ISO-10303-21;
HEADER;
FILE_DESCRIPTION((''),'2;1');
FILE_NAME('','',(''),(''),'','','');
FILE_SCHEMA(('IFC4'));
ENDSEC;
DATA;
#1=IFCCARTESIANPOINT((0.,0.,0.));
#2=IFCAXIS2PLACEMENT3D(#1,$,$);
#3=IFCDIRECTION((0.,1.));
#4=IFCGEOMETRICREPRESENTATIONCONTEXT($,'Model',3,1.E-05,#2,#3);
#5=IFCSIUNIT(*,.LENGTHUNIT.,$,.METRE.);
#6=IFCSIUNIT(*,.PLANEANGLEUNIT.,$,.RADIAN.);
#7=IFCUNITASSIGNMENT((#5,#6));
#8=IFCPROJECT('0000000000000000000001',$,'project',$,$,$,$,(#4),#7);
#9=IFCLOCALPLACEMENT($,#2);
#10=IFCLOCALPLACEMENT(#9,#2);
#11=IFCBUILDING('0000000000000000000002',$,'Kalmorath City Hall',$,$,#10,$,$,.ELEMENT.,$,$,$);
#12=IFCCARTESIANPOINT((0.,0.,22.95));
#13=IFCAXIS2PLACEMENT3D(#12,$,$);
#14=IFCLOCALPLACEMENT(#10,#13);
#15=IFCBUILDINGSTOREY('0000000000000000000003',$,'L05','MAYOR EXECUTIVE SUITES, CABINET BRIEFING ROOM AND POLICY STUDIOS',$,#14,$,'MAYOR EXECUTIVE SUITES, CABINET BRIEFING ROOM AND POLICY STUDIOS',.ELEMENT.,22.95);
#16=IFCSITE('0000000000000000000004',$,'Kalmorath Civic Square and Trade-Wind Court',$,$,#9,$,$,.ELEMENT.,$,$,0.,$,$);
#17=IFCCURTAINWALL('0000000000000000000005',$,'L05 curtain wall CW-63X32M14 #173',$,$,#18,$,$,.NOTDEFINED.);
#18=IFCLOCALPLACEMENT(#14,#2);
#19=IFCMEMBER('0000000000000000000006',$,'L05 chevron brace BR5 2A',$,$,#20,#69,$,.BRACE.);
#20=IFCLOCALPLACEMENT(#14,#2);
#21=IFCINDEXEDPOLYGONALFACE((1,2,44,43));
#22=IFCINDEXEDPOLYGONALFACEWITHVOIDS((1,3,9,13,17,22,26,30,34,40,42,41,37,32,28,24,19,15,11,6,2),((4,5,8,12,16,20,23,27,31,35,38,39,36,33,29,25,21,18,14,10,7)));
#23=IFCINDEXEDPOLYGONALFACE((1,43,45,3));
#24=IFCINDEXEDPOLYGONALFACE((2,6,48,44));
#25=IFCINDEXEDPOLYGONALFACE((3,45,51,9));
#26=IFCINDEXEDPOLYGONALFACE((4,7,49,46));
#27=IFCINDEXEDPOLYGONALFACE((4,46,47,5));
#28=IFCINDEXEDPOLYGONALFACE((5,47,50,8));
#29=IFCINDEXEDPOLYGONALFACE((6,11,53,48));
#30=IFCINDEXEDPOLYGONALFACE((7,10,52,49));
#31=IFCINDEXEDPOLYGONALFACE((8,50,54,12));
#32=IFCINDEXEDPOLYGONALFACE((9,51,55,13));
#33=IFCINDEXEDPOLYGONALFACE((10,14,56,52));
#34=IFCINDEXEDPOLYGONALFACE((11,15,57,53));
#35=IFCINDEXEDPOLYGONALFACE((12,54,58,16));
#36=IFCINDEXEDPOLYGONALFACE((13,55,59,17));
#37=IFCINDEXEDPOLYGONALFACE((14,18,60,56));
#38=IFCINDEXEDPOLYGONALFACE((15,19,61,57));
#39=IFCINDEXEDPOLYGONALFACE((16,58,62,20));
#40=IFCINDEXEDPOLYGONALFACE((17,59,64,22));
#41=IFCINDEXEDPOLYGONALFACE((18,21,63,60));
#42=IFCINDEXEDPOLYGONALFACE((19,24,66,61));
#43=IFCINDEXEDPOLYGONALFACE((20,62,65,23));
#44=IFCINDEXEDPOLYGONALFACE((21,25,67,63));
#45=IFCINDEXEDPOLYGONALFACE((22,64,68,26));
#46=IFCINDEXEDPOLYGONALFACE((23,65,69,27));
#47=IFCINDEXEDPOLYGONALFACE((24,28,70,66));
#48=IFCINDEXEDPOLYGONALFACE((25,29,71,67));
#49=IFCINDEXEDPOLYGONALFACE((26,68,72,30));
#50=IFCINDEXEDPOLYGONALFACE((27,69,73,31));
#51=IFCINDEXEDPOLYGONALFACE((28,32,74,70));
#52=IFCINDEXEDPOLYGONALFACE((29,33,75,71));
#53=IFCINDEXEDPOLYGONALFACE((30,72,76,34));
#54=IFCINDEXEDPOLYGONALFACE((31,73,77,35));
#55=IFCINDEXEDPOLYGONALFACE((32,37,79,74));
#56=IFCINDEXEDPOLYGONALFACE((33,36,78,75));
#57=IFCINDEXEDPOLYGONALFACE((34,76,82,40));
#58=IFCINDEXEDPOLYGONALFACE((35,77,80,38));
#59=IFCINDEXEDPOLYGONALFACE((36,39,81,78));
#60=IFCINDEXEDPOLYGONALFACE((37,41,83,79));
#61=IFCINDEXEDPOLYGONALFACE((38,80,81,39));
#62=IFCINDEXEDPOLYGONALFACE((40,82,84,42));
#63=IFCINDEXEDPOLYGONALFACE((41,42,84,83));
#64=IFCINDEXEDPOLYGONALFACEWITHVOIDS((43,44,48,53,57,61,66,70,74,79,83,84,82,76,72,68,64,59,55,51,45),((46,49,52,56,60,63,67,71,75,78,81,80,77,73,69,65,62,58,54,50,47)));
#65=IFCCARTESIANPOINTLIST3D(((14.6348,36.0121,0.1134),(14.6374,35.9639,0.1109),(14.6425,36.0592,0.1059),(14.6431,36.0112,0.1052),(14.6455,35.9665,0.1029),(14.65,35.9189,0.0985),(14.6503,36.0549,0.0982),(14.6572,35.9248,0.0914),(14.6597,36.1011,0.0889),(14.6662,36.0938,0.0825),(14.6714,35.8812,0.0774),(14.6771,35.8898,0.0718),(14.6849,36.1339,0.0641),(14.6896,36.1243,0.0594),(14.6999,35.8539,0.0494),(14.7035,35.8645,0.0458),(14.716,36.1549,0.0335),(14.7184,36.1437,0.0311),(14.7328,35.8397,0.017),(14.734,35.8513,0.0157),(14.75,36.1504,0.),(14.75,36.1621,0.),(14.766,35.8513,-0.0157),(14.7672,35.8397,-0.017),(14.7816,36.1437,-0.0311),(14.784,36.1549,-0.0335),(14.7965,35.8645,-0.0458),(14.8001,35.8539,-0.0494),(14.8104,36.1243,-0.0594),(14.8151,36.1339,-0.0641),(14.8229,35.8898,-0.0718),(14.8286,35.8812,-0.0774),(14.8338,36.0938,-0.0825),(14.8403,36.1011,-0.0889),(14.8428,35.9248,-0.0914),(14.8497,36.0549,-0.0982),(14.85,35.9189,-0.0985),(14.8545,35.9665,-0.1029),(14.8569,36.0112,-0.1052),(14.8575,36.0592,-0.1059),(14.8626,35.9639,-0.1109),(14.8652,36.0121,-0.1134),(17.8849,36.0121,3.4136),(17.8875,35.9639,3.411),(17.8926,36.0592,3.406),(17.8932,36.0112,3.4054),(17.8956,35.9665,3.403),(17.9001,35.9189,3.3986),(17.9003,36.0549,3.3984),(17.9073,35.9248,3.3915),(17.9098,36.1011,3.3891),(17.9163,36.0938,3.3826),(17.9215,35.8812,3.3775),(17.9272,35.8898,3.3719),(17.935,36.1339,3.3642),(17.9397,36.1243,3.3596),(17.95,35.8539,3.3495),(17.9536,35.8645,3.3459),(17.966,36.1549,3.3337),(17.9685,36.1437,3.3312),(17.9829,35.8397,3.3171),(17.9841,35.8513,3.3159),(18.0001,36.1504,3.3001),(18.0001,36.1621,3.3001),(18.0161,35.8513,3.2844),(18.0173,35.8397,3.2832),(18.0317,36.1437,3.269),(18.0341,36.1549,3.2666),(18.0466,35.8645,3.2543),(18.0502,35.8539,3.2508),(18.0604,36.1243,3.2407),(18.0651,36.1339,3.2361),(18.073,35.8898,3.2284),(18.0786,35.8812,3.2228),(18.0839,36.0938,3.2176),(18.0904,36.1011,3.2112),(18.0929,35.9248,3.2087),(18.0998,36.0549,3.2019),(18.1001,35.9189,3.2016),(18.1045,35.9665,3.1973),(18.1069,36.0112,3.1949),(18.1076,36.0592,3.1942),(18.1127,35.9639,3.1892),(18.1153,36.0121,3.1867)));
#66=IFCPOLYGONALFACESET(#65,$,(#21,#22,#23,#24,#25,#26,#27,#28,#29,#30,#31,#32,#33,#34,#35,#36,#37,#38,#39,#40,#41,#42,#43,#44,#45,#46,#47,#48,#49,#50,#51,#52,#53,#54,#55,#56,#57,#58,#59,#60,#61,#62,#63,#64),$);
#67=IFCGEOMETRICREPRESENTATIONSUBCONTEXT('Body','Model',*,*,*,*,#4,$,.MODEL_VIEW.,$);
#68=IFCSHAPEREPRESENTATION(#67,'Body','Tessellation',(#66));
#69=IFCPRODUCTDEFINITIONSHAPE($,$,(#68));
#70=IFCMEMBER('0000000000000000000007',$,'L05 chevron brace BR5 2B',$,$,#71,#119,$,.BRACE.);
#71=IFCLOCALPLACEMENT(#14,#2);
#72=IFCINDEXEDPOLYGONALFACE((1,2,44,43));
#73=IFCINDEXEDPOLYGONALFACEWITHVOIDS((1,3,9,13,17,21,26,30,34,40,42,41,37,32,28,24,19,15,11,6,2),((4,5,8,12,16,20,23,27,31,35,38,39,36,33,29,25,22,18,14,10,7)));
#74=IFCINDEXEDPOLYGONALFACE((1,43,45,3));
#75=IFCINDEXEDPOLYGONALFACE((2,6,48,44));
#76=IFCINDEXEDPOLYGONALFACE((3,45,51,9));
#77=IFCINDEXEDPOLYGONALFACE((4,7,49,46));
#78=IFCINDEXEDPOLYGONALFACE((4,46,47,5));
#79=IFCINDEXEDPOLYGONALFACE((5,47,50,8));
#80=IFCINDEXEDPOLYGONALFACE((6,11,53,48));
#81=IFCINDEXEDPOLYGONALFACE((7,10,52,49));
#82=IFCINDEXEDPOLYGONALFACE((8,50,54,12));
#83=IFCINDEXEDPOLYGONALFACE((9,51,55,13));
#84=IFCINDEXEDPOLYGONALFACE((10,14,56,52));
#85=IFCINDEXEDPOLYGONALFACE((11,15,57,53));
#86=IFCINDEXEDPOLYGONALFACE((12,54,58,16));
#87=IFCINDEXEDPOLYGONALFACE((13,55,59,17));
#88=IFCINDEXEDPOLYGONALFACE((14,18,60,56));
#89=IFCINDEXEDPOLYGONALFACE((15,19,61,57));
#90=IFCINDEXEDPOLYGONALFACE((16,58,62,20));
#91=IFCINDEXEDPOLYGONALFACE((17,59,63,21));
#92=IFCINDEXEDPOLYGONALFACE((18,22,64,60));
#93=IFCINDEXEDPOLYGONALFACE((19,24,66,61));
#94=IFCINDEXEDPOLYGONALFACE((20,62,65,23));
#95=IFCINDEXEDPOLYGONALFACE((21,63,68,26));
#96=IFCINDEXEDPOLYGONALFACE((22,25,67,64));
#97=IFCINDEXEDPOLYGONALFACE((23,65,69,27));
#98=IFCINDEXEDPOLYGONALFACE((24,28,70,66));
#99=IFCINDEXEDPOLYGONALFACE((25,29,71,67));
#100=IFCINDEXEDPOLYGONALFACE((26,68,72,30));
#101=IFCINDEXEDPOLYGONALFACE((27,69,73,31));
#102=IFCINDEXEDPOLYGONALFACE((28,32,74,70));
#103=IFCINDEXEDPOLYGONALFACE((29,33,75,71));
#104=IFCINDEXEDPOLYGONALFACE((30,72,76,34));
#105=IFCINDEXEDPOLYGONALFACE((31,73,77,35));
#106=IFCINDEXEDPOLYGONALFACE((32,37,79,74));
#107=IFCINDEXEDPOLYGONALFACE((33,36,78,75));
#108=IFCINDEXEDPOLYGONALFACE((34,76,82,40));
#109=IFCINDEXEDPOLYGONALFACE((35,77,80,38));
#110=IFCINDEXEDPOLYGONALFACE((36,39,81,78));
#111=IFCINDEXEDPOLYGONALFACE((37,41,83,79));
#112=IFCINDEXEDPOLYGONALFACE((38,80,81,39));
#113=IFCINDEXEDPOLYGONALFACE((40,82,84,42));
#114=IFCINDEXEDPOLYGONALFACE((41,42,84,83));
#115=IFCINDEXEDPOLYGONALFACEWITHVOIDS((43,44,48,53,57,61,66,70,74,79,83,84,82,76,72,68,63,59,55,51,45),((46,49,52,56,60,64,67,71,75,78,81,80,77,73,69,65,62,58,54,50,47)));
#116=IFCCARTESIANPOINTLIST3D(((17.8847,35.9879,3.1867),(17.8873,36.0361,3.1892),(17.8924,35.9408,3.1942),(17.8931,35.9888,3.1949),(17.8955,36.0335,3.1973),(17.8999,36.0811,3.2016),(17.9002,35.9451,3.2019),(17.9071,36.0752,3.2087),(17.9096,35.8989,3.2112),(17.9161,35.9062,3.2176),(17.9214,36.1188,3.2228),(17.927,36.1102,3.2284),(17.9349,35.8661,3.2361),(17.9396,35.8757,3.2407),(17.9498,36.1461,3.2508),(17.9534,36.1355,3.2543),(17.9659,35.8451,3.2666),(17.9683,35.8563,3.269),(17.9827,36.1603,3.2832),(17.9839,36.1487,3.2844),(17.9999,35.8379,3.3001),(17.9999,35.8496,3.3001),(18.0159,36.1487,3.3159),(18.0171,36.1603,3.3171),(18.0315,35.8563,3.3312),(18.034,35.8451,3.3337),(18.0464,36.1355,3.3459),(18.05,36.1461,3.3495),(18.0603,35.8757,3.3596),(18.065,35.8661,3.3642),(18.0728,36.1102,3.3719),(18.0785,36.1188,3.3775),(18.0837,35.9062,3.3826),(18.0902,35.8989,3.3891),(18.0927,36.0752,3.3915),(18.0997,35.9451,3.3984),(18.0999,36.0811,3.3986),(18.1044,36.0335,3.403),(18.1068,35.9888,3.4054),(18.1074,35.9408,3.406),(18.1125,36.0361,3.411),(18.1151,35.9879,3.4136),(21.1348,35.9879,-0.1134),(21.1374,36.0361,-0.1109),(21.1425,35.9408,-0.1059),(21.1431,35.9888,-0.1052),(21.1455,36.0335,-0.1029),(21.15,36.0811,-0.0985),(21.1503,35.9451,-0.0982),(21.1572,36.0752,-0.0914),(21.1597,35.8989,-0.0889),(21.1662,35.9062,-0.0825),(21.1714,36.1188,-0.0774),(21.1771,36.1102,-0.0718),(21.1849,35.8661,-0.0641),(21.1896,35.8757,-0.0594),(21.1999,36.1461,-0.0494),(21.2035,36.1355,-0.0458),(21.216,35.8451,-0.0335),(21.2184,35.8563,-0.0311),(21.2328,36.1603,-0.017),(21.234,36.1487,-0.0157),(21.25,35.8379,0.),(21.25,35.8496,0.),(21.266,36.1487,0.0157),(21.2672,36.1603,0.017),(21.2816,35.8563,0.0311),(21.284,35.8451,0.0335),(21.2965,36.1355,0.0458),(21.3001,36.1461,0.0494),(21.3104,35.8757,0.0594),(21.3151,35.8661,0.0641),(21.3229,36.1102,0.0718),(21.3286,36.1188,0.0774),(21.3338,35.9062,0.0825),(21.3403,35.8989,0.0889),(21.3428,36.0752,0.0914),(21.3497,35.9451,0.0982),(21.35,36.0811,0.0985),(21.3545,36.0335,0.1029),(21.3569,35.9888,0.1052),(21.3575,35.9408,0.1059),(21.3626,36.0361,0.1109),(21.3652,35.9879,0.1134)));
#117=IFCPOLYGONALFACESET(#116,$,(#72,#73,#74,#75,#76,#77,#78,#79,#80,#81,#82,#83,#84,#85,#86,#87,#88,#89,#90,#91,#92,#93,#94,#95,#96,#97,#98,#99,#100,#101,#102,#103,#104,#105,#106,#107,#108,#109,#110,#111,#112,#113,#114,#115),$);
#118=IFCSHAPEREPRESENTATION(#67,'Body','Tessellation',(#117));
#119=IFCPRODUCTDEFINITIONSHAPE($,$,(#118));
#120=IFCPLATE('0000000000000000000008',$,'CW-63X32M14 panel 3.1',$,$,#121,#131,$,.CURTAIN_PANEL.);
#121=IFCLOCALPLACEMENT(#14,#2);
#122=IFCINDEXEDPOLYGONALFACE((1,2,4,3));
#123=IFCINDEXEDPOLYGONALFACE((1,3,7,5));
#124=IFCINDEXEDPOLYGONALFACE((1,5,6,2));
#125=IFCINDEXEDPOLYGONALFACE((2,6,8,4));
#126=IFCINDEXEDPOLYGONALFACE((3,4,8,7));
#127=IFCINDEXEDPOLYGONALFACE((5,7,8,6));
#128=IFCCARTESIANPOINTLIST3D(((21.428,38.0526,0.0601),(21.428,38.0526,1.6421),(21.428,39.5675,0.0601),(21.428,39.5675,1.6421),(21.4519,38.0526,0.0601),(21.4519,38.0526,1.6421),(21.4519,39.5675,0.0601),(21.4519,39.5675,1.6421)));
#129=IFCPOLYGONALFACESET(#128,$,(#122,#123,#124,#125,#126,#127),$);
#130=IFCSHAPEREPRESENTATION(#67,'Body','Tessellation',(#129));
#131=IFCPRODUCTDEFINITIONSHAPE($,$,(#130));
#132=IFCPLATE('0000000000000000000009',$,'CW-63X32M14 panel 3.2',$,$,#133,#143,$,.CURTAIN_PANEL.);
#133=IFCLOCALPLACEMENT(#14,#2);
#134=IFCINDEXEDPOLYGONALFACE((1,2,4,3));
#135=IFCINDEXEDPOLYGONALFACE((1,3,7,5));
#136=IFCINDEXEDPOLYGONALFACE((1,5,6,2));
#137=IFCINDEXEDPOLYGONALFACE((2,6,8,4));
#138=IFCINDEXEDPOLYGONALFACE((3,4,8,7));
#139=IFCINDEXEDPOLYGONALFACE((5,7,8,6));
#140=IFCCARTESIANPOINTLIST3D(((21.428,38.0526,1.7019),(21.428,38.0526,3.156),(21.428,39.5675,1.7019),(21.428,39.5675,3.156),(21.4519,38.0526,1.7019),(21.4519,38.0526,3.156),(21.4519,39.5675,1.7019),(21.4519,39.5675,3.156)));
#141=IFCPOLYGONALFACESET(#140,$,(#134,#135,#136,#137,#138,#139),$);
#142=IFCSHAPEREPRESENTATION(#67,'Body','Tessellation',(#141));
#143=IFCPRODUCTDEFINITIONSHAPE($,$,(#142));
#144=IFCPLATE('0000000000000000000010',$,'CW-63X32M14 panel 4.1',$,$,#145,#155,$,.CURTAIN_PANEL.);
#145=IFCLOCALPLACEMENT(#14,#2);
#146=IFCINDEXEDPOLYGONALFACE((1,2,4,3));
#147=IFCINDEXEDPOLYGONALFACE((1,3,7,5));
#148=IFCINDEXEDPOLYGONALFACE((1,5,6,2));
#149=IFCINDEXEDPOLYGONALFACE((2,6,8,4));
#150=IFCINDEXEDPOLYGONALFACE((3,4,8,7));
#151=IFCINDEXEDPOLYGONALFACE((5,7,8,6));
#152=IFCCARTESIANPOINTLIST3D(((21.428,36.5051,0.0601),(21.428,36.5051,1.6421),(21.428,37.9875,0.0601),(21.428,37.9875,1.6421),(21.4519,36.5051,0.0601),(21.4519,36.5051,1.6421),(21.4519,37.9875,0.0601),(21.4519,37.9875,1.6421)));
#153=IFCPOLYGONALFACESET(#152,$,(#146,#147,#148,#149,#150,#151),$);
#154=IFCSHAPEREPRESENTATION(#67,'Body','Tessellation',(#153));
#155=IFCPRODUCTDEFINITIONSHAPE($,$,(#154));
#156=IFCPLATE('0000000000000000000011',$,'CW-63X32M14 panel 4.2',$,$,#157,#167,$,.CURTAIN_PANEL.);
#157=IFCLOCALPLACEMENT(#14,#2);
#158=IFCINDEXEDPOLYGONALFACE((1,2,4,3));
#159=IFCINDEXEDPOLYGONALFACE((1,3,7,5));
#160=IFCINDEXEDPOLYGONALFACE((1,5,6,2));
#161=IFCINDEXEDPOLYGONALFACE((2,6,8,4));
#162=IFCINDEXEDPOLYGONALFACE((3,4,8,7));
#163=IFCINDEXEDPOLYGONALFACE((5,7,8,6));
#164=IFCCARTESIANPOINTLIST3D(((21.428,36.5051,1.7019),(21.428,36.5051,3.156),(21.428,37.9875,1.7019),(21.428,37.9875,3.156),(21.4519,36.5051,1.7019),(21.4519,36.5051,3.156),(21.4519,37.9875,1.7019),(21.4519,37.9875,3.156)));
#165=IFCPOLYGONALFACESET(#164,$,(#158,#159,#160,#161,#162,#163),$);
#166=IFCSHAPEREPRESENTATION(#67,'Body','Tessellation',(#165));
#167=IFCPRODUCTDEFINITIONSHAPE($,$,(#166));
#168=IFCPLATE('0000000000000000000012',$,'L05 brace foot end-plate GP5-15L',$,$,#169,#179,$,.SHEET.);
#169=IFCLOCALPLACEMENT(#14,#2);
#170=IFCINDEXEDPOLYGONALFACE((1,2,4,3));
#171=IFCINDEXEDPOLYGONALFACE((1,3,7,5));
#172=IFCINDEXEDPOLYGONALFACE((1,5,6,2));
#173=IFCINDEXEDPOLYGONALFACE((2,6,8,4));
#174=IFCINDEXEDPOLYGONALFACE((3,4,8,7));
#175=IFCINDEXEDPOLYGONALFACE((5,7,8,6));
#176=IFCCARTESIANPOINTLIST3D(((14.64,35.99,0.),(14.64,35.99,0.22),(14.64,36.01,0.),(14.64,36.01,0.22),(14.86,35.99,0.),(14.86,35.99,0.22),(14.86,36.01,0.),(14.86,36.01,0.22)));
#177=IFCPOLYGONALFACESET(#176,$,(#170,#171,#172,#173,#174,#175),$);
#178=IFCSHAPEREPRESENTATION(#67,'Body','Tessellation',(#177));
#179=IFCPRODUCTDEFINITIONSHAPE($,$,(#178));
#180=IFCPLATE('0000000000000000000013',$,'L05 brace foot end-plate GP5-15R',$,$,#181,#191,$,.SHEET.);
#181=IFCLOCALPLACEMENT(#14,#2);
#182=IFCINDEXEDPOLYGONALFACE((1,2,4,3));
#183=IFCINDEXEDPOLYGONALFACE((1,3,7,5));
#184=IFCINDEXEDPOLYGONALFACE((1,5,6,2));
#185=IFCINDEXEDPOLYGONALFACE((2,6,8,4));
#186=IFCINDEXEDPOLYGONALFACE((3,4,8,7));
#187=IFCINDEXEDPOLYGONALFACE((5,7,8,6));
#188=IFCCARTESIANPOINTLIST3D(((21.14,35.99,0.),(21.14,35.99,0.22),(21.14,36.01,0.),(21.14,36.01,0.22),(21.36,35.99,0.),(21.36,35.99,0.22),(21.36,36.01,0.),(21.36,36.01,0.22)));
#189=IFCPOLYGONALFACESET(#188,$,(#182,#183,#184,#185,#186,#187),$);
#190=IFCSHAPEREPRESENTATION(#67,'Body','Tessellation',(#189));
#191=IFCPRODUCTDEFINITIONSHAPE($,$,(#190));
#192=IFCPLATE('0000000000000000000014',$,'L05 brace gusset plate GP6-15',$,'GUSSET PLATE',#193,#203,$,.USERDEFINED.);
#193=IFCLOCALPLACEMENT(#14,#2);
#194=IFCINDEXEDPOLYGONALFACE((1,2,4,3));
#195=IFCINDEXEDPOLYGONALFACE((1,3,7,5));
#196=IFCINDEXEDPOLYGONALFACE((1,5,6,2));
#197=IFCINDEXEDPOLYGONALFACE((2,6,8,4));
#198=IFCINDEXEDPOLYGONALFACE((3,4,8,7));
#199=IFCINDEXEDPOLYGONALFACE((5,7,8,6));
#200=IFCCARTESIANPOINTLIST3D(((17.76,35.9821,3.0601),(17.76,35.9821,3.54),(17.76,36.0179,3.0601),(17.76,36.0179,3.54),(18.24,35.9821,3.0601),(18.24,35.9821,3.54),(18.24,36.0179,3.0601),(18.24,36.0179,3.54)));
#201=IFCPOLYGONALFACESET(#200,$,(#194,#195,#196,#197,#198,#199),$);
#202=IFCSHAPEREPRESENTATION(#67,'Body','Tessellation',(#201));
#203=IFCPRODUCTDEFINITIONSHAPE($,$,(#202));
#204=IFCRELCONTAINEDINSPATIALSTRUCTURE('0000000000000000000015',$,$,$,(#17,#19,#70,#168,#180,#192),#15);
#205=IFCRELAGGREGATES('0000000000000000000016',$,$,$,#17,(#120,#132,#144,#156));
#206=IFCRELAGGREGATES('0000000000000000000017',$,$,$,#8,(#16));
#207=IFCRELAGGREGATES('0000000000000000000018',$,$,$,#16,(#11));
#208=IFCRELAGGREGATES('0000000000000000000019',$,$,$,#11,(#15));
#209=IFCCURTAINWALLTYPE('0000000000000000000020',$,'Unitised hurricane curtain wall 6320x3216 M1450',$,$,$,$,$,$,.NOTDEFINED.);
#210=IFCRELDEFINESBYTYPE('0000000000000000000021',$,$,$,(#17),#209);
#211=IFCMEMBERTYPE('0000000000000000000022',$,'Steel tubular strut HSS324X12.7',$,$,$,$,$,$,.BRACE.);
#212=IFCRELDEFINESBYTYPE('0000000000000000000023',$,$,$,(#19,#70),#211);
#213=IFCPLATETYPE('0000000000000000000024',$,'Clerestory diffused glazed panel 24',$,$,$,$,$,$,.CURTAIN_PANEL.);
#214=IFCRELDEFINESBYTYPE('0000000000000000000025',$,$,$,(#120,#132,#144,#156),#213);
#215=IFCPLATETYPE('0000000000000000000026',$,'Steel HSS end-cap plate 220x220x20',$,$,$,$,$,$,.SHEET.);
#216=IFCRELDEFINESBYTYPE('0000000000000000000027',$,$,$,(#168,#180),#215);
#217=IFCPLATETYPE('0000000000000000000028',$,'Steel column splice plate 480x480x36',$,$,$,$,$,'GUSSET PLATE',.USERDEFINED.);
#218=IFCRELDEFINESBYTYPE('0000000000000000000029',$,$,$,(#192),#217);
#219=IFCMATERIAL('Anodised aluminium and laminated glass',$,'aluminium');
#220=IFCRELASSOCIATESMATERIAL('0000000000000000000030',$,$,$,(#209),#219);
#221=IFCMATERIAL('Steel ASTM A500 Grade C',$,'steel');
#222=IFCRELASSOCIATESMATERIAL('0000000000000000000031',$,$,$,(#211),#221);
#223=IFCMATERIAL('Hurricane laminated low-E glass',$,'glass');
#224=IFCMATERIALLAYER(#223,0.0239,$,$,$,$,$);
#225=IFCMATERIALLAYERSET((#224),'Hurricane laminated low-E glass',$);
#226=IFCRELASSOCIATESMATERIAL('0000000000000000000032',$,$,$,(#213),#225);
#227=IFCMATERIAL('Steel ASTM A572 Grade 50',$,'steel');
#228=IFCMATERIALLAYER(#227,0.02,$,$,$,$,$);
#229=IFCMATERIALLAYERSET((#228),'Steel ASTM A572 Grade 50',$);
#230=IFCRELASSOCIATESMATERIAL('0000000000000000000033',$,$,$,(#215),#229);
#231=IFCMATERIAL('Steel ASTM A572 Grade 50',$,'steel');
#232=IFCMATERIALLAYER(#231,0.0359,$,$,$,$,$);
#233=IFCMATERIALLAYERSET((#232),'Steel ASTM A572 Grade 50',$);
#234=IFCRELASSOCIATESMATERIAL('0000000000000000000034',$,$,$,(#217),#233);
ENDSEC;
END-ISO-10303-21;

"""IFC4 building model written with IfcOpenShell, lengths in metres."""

from ifc_helpers import new_model, si_unit, direction, frame, origin, origin_2d, place, context, subcontext, project, spatial, rectangle, hollow_circle, extrude, material, layer, layer_set, material_profile, profile_set, type_object, element, aggregate, save


model = new_model("IFC4")

# Units and contexts
model_context = context("Model", 3, precision=1e-05, world=origin(), true_north=direction((0.0, 1.0)))
body_context = subcontext(model_context, "Body", "Model", "MODEL_VIEW")
ifc_project = project(units=[si_unit("LENGTHUNIT", "METRE"), si_unit("PLANEANGLEUNIT", "RADIAN")], contexts=[model_context])

# Site, building, storey
site_placement = place(None, origin())
site = spatial("IfcSite", under=ifc_project, at=site_placement, Name="Kalmorath Civic Square and Trade-Wind Court", CompositionType="ELEMENT", RefElevation=0.0)
building_placement = place(site_placement, origin())
building = spatial("IfcBuilding", under=site, at=building_placement, Name="Kalmorath City Hall", CompositionType="ELEMENT")
storey_placement = place(building_placement, frame((0.0, 0.0, 22.95)))
storey = spatial("IfcBuildingStorey", under=building, at=storey_placement, Name="L05", Description="MAYOR EXECUTIVE SUITES, CABINET BRIEFING ROOM AND POLICY STUDIOS", LongName="MAYOR EXECUTIVE SUITES, CABINET BRIEFING ROOM AND POLICY STUDIOS", CompositionType="ELEMENT", Elevation=22.95)

# Curtain wall
ifc_material_1 = material(Name="Anodised aluminium and laminated glass", Category="aluminium")
curtain_wall_type = type_object("IfcCurtainWallType", Name="Unitised hurricane curtain wall 6320x3216 M1450", PredefinedType="NOTDEFINED", material=ifc_material_1)
curtain_wall_placement = place(storey_placement, origin())
curtain_wall = element("IfcCurtainWall", 1, at=curtain_wall_placement, inside=storey, type_object=curtain_wall_type, Name="L05 curtain wall CW-63X32M14 #173", PredefinedType="NOTDEFINED")

# Members
ifc_material_2 = material(Name="Steel ASTM A500 Grade C", Category="steel")
ifc_material_profile_1 = material_profile(ifc_material_2, hollow_circle(Radius=0.1621, WallThickness=0.0117, at=origin_2d()), Name="HSS324X12.7")
ifc_profile_set_1 = profile_set([ifc_material_profile_1], Name="Steel ASTM A500 Grade C")
member_type_1 = type_object("IfcMemberType", Name="Steel tubular strut HSS324X12.7", PredefinedType="BRACE", material=ifc_profile_set_1)
for number, where, z_axis, x_axis, name in (
    (2, (14.75, 36.0, 0.0), (0.701683, 0.0, 0.712489), (0.0, 1.0, 0.0), "L05 chevron brace BR5 2A"),
    (3, (21.25, 36.0, 0.0), (-0.701683, 0.0, 0.712489), (0.0, -1.0, 0.0), "L05 chevron brace BR5 2B"),
):
    element("IfcMember", number, at=place(storey_placement, frame(where, z_axis=z_axis, x_axis=x_axis)), inside=storey, type_object=member_type_1, Name=name, PredefinedType="BRACE", context=body_context, shape_type="SweptSolid", body=[
        extrude(hollow_circle(Radius=0.1621, WallThickness=0.0117, at=origin_2d()), origin(), (0.0, 0.0, 1.0), 4.6318),
    ])

# Plates
ifc_material_3 = material(Name="Hurricane laminated low-E glass", Category="glass")
ifc_layer_1 = layer(ifc_material_3, 0.0239)
ifc_layer_set_1 = layer_set([ifc_layer_1], Name="Hurricane laminated low-E glass")
plate_type_1 = type_object("IfcPlateType", Name="Clerestory diffused glazed panel 24", PredefinedType="CURTAIN_PANEL", material=ifc_layer_set_1)
plate_1_placement = place(storey_placement, frame((21.4399, 38.8101, 0.0601), z_axis=(0.0, 0.0, 1.0), x_axis=(0.0, -1.0, 0.0)))
plate_1 = element("IfcPlate", 4, at=plate_1_placement, type_object=plate_type_1, Name="CW-63X32M14 panel 3.1", PredefinedType="CURTAIN_PANEL", context=body_context, shape_type="SweptSolid", body=[
    extrude(rectangle(XDim=1.5149, YDim=0.0239, at=origin_2d()), origin(), (0.0, 0.0, 1.0), 1.582),
])
plate_2_placement = place(storey_placement, frame((21.4399, 38.8101, 1.7019), z_axis=(0.0, 0.0, 1.0), x_axis=(0.0, -1.0, 0.0)))
plate_2 = element("IfcPlate", 5, at=plate_2_placement, type_object=plate_type_1, Name="CW-63X32M14 panel 3.2", PredefinedType="CURTAIN_PANEL", context=body_context, shape_type="SweptSolid", body=[
    extrude(rectangle(XDim=1.5149, YDim=0.0239, at=origin_2d()), origin(), (0.0, 0.0, 1.0), 1.4541),
])
plate_3_placement = place(storey_placement, frame((21.4399, 37.2463, 0.0601), z_axis=(0.0, 0.0, 1.0), x_axis=(0.0, -1.0, 0.0)))
plate_3 = element("IfcPlate", 6, at=plate_3_placement, type_object=plate_type_1, Name="CW-63X32M14 panel 4.1", PredefinedType="CURTAIN_PANEL", context=body_context, shape_type="SweptSolid", body=[
    extrude(rectangle(XDim=1.4824, YDim=0.0239, at=origin_2d()), origin(), (0.0, 0.0, 1.0), 1.582),
])
plate_4_placement = place(storey_placement, frame((21.4399, 37.2463, 1.7019), z_axis=(0.0, 0.0, 1.0), x_axis=(0.0, -1.0, 0.0)))
plate_4 = element("IfcPlate", 7, at=plate_4_placement, type_object=plate_type_1, Name="CW-63X32M14 panel 4.2", PredefinedType="CURTAIN_PANEL", context=body_context, shape_type="SweptSolid", body=[
    extrude(rectangle(XDim=1.4824, YDim=0.0239, at=origin_2d()), origin(), (0.0, 0.0, 1.0), 1.4541),
])
aggregate(curtain_wall, [plate_1, plate_2, plate_3, plate_4])

# Plates
ifc_material_4 = material(Name="Steel ASTM A572 Grade 50", Category="steel")
ifc_layer_2 = layer(ifc_material_4, 0.02)
ifc_layer_set_2 = layer_set([ifc_layer_2], Name="Steel ASTM A572 Grade 50")
plate_type_2 = type_object("IfcPlateType", Name="Steel HSS end-cap plate 220x220x20", PredefinedType="SHEET", material=ifc_layer_set_2)
for number, where, z_axis, x_axis, name in (
    (8, (14.75, 36.0, 0.0), (0.0, 0.0, 1.0), (1.0, 0.0, 0.0), "L05 brace foot end-plate GP5-15L"),
    (9, (21.25, 36.0, 0.0), (0.0, 0.0, 1.0), (1.0, 0.0, 0.0), "L05 brace foot end-plate GP5-15R"),
):
    element("IfcPlate", number, at=place(storey_placement, frame(where, z_axis=z_axis, x_axis=x_axis)), inside=storey, type_object=plate_type_2, Name=name, PredefinedType="SHEET", context=body_context, shape_type="SweptSolid", body=[
        extrude(rectangle(XDim=0.22, YDim=0.02, at=origin_2d()), origin(), (0.0, 0.0, 1.0), 0.22),
    ])
ifc_material_5 = material(Name="Steel ASTM A572 Grade 50", Category="steel")
ifc_layer_3 = layer(ifc_material_5, 0.0359)
ifc_layer_set_3 = layer_set([ifc_layer_3], Name="Steel ASTM A572 Grade 50")
plate_type_3 = type_object("IfcPlateType", Name="Steel column splice plate 480x480x36", ElementType="GUSSET PLATE", PredefinedType="USERDEFINED", material=ifc_layer_set_3)
plate_5_placement = place(storey_placement, frame((18.0, 36.0, 3.0601), z_axis=(0.0, 0.0, 1.0), x_axis=(1.0, 0.0, 0.0)))
element("IfcPlate", 10, at=plate_5_placement, inside=storey, type_object=plate_type_3, Name="L05 brace gusset plate GP6-15", ObjectType="GUSSET PLATE", PredefinedType="USERDEFINED", context=body_context, shape_type="SweptSolid", body=[
    extrude(rectangle(XDim=0.48, YDim=0.0359, at=origin_2d()), origin(), (0.0, 0.0, 1.0), 0.48),
])

save(model, "model.ifc")
